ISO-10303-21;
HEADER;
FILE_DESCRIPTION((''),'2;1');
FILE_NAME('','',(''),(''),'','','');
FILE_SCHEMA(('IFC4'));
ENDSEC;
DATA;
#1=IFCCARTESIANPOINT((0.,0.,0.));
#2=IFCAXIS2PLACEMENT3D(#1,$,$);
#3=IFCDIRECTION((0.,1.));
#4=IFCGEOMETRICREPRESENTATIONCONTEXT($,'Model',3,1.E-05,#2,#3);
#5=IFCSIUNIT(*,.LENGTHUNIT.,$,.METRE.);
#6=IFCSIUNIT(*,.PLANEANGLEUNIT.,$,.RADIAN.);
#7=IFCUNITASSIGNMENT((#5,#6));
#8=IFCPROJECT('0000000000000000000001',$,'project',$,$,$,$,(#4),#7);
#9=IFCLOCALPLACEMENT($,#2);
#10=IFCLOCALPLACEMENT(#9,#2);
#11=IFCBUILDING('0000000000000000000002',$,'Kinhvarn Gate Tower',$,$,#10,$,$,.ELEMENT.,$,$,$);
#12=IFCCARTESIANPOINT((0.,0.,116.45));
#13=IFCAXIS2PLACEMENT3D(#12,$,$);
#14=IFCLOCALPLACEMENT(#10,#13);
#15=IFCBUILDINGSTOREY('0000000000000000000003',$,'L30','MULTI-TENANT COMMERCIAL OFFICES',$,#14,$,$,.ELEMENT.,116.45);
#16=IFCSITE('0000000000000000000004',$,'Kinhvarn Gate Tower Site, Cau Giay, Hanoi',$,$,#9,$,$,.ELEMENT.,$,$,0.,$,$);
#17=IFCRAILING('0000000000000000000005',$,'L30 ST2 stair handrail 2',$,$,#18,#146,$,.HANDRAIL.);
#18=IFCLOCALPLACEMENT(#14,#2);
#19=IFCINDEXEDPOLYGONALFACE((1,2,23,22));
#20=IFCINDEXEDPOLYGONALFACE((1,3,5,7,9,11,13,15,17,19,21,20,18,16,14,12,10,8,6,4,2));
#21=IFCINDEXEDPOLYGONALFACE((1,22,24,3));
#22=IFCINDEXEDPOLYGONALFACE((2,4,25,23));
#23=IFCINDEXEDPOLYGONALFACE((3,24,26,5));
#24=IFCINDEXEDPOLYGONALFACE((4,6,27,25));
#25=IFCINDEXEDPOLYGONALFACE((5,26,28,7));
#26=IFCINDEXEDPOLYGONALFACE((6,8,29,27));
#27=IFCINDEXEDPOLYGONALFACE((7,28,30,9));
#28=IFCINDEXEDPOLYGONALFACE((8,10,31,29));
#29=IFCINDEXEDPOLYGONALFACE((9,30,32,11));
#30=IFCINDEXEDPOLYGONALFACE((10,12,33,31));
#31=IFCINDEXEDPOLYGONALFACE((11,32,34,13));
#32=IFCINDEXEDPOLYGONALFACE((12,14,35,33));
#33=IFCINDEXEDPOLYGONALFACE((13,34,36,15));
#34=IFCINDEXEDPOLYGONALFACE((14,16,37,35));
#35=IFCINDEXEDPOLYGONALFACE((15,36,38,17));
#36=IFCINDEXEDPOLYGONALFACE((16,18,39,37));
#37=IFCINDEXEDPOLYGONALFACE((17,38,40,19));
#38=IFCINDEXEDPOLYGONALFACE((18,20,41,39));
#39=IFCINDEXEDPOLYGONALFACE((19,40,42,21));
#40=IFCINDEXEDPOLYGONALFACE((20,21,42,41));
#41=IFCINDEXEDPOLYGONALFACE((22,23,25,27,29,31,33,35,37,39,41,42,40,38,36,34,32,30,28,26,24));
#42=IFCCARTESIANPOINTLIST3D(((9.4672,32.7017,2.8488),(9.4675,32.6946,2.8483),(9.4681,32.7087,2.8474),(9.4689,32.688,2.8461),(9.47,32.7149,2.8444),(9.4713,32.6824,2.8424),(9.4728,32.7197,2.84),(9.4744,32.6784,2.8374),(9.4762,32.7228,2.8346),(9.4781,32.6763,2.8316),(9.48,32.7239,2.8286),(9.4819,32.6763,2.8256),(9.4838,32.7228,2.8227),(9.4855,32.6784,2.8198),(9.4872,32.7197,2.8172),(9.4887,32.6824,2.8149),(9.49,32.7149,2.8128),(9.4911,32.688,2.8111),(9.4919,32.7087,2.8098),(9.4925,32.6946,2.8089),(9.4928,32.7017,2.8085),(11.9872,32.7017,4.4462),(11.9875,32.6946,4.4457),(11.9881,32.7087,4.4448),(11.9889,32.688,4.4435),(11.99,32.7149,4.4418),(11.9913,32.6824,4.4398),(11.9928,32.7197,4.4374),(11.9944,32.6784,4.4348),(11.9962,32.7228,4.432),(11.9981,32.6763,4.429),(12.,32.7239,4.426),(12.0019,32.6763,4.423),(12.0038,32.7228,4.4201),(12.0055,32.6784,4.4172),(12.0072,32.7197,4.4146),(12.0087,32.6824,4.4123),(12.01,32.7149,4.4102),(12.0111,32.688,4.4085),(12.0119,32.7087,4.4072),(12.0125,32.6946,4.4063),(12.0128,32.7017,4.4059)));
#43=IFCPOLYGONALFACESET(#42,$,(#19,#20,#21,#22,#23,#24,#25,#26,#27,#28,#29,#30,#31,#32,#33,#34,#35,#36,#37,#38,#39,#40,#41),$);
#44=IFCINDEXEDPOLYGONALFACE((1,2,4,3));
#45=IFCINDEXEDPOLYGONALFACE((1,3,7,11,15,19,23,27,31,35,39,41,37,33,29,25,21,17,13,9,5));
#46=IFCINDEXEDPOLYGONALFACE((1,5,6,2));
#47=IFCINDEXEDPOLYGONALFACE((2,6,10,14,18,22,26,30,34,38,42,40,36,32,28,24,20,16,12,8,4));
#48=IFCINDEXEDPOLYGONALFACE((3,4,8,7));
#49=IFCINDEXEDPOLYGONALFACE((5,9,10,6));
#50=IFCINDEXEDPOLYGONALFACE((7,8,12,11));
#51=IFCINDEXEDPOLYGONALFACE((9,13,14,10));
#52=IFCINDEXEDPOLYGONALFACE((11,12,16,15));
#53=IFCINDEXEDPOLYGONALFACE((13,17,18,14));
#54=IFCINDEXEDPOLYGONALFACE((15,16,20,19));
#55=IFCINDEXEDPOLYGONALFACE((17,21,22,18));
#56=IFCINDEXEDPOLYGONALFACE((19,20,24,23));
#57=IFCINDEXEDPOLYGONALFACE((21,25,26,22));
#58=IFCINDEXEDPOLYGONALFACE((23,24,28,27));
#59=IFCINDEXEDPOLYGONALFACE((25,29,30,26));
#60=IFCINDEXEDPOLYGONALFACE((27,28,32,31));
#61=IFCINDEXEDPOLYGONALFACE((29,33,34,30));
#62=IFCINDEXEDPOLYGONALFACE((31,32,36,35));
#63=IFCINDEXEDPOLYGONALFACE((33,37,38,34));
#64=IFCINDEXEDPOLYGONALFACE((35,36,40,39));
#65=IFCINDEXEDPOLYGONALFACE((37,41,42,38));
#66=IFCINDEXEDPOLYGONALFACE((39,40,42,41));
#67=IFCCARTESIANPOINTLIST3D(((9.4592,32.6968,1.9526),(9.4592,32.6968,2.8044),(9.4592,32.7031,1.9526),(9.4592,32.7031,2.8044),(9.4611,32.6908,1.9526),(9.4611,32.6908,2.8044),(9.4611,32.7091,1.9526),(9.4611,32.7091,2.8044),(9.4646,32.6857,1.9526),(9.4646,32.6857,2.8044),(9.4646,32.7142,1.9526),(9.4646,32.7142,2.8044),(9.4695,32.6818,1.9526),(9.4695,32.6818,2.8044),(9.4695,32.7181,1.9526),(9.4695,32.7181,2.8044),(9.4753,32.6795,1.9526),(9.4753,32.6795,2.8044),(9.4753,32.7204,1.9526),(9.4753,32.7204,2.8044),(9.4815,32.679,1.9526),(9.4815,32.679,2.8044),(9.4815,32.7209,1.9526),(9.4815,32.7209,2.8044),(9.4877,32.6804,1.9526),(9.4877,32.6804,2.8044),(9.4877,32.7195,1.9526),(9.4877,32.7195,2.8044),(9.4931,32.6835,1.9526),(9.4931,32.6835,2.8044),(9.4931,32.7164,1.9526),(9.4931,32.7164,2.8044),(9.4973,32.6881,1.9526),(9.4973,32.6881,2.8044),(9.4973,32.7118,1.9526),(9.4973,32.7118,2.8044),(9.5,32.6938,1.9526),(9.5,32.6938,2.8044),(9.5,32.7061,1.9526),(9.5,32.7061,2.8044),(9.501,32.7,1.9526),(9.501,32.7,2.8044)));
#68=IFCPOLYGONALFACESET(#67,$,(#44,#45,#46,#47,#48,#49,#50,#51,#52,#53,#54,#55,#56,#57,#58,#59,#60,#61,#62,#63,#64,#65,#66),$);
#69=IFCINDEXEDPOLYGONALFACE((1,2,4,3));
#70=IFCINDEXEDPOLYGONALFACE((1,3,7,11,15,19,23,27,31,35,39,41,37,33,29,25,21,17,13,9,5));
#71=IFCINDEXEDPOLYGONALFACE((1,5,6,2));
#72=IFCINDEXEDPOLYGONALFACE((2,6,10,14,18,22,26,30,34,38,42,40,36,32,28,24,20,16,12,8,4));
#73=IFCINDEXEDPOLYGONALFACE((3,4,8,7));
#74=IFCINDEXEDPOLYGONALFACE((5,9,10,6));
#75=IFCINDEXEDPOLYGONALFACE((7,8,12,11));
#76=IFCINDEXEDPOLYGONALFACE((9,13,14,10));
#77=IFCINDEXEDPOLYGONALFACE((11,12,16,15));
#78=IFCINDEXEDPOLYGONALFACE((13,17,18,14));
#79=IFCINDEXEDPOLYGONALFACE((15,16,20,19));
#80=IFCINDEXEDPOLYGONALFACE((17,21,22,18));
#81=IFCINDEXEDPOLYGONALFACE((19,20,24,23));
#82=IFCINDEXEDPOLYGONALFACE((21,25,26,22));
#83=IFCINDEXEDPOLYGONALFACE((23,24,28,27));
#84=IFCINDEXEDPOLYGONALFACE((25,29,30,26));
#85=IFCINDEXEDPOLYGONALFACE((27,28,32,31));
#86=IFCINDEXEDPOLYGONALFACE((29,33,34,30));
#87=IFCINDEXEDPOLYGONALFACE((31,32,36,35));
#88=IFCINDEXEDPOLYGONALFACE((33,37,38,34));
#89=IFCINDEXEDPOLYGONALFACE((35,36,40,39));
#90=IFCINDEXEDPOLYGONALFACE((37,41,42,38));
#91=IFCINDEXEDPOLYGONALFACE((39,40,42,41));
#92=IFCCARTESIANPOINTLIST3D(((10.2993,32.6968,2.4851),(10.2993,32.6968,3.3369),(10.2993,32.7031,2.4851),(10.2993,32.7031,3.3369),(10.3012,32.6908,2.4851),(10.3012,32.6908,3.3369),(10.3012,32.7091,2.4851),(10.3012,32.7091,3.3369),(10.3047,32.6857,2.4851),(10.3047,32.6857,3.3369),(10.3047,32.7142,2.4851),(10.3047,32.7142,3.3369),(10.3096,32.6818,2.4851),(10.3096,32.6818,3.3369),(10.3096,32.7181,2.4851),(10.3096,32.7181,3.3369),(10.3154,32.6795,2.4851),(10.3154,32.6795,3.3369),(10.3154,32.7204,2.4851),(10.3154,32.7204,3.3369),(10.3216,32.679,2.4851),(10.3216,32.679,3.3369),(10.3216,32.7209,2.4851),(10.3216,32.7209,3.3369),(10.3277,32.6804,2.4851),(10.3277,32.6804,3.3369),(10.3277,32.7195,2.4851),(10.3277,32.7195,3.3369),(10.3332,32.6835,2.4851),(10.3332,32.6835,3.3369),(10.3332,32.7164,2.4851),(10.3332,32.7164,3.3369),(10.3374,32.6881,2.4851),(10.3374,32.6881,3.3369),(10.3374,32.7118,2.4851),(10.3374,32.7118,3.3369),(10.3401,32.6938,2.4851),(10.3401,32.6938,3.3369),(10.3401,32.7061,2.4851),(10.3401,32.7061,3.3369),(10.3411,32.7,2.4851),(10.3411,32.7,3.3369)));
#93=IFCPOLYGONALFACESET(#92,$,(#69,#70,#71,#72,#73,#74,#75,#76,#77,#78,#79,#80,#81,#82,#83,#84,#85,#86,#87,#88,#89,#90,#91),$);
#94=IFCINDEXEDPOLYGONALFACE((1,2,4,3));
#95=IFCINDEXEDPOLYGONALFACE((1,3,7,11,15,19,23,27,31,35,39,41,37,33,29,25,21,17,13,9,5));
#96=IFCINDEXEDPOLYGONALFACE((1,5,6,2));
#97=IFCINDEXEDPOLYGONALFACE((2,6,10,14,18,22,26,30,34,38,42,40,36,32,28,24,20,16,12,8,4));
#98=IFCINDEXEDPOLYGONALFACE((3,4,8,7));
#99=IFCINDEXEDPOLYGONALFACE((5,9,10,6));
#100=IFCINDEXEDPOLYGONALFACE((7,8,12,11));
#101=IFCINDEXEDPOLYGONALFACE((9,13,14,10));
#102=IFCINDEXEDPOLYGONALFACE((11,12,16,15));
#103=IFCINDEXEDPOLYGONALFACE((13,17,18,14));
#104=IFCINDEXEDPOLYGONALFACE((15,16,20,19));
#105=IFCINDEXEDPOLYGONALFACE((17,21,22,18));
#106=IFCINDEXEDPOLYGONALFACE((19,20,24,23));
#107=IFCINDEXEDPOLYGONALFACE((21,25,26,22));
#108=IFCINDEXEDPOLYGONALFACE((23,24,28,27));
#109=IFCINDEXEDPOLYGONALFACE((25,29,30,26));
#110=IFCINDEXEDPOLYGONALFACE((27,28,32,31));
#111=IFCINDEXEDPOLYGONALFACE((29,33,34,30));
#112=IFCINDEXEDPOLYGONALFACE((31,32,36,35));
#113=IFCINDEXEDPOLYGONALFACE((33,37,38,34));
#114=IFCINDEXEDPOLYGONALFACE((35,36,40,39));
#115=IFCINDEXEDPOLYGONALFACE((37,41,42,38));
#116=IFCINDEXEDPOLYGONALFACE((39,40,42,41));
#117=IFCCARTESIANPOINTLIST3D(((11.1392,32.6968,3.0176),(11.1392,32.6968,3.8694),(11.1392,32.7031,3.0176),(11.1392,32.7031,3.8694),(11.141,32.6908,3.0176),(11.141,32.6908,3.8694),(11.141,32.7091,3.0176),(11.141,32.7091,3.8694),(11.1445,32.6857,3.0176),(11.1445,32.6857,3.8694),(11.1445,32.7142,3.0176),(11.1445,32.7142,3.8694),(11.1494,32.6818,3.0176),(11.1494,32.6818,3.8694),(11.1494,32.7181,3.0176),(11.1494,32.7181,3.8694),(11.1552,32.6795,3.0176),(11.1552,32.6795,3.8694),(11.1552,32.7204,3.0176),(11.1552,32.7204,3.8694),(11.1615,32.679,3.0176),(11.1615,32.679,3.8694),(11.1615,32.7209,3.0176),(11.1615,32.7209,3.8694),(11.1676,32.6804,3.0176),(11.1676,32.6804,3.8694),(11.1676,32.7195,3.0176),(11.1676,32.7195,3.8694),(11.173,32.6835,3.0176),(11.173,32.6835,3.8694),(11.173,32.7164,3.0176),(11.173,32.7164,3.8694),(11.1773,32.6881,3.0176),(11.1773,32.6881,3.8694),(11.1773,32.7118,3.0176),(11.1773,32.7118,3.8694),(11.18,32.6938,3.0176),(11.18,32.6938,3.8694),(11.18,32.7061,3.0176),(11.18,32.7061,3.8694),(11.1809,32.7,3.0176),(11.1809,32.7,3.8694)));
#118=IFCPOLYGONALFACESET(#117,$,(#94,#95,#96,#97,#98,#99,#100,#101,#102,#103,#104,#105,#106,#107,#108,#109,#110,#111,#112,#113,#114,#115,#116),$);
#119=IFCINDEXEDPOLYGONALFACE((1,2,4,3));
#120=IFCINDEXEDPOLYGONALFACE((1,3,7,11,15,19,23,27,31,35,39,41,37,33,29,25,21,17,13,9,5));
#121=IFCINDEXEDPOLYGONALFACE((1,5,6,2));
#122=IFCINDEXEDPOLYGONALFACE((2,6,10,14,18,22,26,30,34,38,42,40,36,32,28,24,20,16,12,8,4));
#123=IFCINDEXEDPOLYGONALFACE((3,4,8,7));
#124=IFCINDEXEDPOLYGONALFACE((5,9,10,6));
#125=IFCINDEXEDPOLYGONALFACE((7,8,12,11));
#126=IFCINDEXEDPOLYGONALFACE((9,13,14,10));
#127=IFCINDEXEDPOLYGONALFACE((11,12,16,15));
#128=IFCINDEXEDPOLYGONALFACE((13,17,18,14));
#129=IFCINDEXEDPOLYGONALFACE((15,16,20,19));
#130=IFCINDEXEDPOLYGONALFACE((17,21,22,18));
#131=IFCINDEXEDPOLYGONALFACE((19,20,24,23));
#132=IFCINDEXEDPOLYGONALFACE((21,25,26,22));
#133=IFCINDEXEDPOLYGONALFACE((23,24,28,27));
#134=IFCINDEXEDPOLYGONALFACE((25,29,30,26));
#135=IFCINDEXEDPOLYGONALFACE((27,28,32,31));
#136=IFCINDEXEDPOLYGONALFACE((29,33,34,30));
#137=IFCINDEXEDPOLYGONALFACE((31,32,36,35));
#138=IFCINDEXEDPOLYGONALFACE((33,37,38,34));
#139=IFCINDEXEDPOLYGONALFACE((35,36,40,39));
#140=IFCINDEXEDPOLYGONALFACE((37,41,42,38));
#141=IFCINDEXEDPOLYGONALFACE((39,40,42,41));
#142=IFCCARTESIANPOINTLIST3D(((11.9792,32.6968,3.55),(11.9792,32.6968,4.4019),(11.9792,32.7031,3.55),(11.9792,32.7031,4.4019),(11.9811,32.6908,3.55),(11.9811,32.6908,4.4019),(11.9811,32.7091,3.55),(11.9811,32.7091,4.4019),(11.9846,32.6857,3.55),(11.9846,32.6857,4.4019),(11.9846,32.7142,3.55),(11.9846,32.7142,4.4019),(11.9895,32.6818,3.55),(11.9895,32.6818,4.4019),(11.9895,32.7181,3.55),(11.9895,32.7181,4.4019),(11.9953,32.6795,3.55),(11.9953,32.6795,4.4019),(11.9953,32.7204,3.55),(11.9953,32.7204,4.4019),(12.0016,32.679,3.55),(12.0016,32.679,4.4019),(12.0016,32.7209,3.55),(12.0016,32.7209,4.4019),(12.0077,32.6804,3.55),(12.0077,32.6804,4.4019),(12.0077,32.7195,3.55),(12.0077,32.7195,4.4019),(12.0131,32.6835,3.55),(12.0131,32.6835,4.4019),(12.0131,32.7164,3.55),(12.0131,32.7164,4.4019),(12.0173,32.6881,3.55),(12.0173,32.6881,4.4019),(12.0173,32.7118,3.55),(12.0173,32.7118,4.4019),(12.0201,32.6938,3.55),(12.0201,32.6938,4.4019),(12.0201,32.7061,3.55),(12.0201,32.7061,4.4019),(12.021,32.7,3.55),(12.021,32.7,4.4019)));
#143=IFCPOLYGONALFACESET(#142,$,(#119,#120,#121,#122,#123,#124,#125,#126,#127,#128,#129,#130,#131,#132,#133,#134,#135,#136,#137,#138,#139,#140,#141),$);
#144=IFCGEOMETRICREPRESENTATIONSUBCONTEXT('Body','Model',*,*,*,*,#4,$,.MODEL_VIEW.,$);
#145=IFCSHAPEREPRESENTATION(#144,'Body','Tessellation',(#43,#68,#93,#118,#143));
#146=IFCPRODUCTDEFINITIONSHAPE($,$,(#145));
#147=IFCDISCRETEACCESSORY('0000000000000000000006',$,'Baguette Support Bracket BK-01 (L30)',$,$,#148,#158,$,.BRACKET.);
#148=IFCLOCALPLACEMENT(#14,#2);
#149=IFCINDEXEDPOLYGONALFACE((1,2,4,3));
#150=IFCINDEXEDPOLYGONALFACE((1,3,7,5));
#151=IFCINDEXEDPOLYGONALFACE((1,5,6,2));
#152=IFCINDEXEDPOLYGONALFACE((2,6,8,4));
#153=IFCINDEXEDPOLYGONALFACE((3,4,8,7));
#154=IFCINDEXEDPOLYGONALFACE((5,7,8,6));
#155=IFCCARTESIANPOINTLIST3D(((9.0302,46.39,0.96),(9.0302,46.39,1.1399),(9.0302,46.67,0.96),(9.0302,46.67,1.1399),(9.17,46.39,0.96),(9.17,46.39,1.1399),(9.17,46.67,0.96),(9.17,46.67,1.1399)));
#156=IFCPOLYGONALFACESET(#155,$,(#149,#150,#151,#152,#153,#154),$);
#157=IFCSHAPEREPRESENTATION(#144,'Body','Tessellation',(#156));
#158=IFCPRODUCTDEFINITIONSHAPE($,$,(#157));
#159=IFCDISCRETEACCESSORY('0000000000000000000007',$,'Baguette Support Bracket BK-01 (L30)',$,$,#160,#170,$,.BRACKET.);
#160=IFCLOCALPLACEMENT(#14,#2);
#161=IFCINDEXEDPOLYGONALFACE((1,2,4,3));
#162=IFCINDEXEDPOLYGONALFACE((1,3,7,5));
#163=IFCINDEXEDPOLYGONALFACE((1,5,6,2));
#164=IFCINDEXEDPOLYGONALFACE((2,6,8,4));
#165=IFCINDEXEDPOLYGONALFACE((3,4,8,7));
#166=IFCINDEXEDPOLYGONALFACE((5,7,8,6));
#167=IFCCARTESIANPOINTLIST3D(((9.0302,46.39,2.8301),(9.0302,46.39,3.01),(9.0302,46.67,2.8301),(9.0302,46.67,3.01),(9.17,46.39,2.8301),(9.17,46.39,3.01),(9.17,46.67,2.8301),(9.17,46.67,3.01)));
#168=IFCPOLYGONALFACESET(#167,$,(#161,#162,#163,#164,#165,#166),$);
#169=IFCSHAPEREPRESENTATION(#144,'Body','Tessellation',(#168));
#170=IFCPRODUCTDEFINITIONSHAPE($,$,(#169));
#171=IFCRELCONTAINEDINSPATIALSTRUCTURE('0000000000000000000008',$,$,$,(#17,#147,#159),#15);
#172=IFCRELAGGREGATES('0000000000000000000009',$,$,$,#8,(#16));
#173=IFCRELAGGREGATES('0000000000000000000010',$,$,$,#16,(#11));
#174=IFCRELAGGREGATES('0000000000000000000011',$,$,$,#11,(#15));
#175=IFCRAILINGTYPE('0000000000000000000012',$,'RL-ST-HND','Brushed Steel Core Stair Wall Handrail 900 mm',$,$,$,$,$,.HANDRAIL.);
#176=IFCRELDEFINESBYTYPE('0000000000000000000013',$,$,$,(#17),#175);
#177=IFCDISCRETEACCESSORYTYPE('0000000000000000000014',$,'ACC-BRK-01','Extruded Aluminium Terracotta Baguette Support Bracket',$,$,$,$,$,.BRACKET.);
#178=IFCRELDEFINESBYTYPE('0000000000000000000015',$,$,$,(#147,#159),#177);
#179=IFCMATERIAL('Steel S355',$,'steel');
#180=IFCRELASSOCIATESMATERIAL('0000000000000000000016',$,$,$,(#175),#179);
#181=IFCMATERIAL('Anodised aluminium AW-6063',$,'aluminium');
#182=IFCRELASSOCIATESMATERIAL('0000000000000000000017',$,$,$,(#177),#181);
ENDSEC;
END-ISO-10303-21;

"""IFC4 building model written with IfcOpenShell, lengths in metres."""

from ifc_helpers import new_model, si_unit, direction, frame, origin, origin_2d, place, context, subcontext, project, spatial, rectangle, circle, extrude, material, type_object, element, save


model = new_model("IFC4")

# Units and contexts
model_context = context("Model", 3, precision=1e-05, world=origin(), true_north=direction((0.0, 1.0)))
body_context = subcontext(model_context, "Body", "Model", "MODEL_VIEW")
ifc_project = project(units=[si_unit("LENGTHUNIT", "METRE"), si_unit("PLANEANGLEUNIT", "RADIAN")], contexts=[model_context])

# Site, building, storey
site_placement = place(None, origin())
site = spatial("IfcSite", under=ifc_project, at=site_placement, Name="Kinhvarn Gate Tower Site, Cau Giay, Hanoi", CompositionType="ELEMENT", RefElevation=0.0)
building_placement = place(site_placement, origin())
building = spatial("IfcBuilding", under=site, at=building_placement, Name="Kinhvarn Gate Tower", CompositionType="ELEMENT")
storey_placement = place(building_placement, frame((0.0, 0.0, 116.45)))
storey = spatial("IfcBuildingStorey", under=building, at=storey_placement, Name="L30", Description="MULTI-TENANT COMMERCIAL OFFICES", CompositionType="ELEMENT", Elevation=116.45)

# Shared definitions
ifc_material_1 = material(Name="Anodised aluminium AW-6063", Category="aluminium")

# Shared definitions
ifc_material_2 = material(Name="Steel S355", Category="steel")

# Railing
railing_type_1 = type_object("IfcRailingType", Name="RL-ST-HND", Description="Brushed Steel Core Stair Wall Handrail 900 mm", PredefinedType="HANDRAIL", material=ifc_material_2)
railing_1_placement = place(storey_placement, frame((9.48, 32.7, 1.9526)))
element("IfcRailing", 1, at=railing_1_placement, inside=storey, type_object=railing_type_1, Name="L30 ST2 stair handrail 2", PredefinedType="HANDRAIL", context=body_context, shape_type="SweptSolid", body=[
    extrude(circle(Radius=0.0239, at=origin_2d()), frame((0.0, 0.0, 0.876), z_axis=(0.844607, 0.0, 0.535387), x_axis=(0.0, 1.0, 0.0)), (0.0, 0.0, 1.0), 2.9836),
    extrude(circle(Radius=0.021, at=origin_2d()), origin(), (0.0, 0.0, 1.0), 0.8518),
    extrude(circle(Radius=0.021, at=origin_2d()), frame((0.8401, 0.0, 0.5325)), (0.0, 0.0, 1.0), 0.8518),
    extrude(circle(Radius=0.021, at=origin_2d()), frame((1.6799, 0.0, 1.0649)), (0.0, 0.0, 1.0), 0.8518),
    extrude(circle(Radius=0.021, at=origin_2d()), frame((2.52, 0.0, 1.5974)), (0.0, 0.0, 1.0), 0.8518),
])

# Discrete accessories
discrete_accessory_type = type_object("IfcDiscreteAccessoryType", Name="ACC-BRK-01", Description="Extruded Aluminium Terracotta Baguette Support Bracket", PredefinedType="BRACKET", material=ifc_material_1)
for number, where, z_axis, x_axis, name in (
    (2, (9.1001, 46.53, 0.96), (0.0, 0.0, 1.0), (-1.0, 0.0, 0.0), "Baguette Support Bracket BK-01 (L30)"),
    (3, (9.1001, 46.53, 2.8301), (0.0, 0.0, 1.0), (-1.0, 0.0, 0.0), "Baguette Support Bracket BK-01 (L30)"),
):
    element("IfcDiscreteAccessory", number, at=place(storey_placement, frame(where, z_axis=z_axis, x_axis=x_axis)), inside=storey, type_object=discrete_accessory_type, Name=name, PredefinedType="BRACKET", context=body_context, shape_type="SweptSolid", body=[
        extrude(rectangle(XDim=0.1399, YDim=0.28, at=origin_2d()), origin(), (0.0, 0.0, 1.0), 0.1799),
    ])

save(model, "model.ifc")
